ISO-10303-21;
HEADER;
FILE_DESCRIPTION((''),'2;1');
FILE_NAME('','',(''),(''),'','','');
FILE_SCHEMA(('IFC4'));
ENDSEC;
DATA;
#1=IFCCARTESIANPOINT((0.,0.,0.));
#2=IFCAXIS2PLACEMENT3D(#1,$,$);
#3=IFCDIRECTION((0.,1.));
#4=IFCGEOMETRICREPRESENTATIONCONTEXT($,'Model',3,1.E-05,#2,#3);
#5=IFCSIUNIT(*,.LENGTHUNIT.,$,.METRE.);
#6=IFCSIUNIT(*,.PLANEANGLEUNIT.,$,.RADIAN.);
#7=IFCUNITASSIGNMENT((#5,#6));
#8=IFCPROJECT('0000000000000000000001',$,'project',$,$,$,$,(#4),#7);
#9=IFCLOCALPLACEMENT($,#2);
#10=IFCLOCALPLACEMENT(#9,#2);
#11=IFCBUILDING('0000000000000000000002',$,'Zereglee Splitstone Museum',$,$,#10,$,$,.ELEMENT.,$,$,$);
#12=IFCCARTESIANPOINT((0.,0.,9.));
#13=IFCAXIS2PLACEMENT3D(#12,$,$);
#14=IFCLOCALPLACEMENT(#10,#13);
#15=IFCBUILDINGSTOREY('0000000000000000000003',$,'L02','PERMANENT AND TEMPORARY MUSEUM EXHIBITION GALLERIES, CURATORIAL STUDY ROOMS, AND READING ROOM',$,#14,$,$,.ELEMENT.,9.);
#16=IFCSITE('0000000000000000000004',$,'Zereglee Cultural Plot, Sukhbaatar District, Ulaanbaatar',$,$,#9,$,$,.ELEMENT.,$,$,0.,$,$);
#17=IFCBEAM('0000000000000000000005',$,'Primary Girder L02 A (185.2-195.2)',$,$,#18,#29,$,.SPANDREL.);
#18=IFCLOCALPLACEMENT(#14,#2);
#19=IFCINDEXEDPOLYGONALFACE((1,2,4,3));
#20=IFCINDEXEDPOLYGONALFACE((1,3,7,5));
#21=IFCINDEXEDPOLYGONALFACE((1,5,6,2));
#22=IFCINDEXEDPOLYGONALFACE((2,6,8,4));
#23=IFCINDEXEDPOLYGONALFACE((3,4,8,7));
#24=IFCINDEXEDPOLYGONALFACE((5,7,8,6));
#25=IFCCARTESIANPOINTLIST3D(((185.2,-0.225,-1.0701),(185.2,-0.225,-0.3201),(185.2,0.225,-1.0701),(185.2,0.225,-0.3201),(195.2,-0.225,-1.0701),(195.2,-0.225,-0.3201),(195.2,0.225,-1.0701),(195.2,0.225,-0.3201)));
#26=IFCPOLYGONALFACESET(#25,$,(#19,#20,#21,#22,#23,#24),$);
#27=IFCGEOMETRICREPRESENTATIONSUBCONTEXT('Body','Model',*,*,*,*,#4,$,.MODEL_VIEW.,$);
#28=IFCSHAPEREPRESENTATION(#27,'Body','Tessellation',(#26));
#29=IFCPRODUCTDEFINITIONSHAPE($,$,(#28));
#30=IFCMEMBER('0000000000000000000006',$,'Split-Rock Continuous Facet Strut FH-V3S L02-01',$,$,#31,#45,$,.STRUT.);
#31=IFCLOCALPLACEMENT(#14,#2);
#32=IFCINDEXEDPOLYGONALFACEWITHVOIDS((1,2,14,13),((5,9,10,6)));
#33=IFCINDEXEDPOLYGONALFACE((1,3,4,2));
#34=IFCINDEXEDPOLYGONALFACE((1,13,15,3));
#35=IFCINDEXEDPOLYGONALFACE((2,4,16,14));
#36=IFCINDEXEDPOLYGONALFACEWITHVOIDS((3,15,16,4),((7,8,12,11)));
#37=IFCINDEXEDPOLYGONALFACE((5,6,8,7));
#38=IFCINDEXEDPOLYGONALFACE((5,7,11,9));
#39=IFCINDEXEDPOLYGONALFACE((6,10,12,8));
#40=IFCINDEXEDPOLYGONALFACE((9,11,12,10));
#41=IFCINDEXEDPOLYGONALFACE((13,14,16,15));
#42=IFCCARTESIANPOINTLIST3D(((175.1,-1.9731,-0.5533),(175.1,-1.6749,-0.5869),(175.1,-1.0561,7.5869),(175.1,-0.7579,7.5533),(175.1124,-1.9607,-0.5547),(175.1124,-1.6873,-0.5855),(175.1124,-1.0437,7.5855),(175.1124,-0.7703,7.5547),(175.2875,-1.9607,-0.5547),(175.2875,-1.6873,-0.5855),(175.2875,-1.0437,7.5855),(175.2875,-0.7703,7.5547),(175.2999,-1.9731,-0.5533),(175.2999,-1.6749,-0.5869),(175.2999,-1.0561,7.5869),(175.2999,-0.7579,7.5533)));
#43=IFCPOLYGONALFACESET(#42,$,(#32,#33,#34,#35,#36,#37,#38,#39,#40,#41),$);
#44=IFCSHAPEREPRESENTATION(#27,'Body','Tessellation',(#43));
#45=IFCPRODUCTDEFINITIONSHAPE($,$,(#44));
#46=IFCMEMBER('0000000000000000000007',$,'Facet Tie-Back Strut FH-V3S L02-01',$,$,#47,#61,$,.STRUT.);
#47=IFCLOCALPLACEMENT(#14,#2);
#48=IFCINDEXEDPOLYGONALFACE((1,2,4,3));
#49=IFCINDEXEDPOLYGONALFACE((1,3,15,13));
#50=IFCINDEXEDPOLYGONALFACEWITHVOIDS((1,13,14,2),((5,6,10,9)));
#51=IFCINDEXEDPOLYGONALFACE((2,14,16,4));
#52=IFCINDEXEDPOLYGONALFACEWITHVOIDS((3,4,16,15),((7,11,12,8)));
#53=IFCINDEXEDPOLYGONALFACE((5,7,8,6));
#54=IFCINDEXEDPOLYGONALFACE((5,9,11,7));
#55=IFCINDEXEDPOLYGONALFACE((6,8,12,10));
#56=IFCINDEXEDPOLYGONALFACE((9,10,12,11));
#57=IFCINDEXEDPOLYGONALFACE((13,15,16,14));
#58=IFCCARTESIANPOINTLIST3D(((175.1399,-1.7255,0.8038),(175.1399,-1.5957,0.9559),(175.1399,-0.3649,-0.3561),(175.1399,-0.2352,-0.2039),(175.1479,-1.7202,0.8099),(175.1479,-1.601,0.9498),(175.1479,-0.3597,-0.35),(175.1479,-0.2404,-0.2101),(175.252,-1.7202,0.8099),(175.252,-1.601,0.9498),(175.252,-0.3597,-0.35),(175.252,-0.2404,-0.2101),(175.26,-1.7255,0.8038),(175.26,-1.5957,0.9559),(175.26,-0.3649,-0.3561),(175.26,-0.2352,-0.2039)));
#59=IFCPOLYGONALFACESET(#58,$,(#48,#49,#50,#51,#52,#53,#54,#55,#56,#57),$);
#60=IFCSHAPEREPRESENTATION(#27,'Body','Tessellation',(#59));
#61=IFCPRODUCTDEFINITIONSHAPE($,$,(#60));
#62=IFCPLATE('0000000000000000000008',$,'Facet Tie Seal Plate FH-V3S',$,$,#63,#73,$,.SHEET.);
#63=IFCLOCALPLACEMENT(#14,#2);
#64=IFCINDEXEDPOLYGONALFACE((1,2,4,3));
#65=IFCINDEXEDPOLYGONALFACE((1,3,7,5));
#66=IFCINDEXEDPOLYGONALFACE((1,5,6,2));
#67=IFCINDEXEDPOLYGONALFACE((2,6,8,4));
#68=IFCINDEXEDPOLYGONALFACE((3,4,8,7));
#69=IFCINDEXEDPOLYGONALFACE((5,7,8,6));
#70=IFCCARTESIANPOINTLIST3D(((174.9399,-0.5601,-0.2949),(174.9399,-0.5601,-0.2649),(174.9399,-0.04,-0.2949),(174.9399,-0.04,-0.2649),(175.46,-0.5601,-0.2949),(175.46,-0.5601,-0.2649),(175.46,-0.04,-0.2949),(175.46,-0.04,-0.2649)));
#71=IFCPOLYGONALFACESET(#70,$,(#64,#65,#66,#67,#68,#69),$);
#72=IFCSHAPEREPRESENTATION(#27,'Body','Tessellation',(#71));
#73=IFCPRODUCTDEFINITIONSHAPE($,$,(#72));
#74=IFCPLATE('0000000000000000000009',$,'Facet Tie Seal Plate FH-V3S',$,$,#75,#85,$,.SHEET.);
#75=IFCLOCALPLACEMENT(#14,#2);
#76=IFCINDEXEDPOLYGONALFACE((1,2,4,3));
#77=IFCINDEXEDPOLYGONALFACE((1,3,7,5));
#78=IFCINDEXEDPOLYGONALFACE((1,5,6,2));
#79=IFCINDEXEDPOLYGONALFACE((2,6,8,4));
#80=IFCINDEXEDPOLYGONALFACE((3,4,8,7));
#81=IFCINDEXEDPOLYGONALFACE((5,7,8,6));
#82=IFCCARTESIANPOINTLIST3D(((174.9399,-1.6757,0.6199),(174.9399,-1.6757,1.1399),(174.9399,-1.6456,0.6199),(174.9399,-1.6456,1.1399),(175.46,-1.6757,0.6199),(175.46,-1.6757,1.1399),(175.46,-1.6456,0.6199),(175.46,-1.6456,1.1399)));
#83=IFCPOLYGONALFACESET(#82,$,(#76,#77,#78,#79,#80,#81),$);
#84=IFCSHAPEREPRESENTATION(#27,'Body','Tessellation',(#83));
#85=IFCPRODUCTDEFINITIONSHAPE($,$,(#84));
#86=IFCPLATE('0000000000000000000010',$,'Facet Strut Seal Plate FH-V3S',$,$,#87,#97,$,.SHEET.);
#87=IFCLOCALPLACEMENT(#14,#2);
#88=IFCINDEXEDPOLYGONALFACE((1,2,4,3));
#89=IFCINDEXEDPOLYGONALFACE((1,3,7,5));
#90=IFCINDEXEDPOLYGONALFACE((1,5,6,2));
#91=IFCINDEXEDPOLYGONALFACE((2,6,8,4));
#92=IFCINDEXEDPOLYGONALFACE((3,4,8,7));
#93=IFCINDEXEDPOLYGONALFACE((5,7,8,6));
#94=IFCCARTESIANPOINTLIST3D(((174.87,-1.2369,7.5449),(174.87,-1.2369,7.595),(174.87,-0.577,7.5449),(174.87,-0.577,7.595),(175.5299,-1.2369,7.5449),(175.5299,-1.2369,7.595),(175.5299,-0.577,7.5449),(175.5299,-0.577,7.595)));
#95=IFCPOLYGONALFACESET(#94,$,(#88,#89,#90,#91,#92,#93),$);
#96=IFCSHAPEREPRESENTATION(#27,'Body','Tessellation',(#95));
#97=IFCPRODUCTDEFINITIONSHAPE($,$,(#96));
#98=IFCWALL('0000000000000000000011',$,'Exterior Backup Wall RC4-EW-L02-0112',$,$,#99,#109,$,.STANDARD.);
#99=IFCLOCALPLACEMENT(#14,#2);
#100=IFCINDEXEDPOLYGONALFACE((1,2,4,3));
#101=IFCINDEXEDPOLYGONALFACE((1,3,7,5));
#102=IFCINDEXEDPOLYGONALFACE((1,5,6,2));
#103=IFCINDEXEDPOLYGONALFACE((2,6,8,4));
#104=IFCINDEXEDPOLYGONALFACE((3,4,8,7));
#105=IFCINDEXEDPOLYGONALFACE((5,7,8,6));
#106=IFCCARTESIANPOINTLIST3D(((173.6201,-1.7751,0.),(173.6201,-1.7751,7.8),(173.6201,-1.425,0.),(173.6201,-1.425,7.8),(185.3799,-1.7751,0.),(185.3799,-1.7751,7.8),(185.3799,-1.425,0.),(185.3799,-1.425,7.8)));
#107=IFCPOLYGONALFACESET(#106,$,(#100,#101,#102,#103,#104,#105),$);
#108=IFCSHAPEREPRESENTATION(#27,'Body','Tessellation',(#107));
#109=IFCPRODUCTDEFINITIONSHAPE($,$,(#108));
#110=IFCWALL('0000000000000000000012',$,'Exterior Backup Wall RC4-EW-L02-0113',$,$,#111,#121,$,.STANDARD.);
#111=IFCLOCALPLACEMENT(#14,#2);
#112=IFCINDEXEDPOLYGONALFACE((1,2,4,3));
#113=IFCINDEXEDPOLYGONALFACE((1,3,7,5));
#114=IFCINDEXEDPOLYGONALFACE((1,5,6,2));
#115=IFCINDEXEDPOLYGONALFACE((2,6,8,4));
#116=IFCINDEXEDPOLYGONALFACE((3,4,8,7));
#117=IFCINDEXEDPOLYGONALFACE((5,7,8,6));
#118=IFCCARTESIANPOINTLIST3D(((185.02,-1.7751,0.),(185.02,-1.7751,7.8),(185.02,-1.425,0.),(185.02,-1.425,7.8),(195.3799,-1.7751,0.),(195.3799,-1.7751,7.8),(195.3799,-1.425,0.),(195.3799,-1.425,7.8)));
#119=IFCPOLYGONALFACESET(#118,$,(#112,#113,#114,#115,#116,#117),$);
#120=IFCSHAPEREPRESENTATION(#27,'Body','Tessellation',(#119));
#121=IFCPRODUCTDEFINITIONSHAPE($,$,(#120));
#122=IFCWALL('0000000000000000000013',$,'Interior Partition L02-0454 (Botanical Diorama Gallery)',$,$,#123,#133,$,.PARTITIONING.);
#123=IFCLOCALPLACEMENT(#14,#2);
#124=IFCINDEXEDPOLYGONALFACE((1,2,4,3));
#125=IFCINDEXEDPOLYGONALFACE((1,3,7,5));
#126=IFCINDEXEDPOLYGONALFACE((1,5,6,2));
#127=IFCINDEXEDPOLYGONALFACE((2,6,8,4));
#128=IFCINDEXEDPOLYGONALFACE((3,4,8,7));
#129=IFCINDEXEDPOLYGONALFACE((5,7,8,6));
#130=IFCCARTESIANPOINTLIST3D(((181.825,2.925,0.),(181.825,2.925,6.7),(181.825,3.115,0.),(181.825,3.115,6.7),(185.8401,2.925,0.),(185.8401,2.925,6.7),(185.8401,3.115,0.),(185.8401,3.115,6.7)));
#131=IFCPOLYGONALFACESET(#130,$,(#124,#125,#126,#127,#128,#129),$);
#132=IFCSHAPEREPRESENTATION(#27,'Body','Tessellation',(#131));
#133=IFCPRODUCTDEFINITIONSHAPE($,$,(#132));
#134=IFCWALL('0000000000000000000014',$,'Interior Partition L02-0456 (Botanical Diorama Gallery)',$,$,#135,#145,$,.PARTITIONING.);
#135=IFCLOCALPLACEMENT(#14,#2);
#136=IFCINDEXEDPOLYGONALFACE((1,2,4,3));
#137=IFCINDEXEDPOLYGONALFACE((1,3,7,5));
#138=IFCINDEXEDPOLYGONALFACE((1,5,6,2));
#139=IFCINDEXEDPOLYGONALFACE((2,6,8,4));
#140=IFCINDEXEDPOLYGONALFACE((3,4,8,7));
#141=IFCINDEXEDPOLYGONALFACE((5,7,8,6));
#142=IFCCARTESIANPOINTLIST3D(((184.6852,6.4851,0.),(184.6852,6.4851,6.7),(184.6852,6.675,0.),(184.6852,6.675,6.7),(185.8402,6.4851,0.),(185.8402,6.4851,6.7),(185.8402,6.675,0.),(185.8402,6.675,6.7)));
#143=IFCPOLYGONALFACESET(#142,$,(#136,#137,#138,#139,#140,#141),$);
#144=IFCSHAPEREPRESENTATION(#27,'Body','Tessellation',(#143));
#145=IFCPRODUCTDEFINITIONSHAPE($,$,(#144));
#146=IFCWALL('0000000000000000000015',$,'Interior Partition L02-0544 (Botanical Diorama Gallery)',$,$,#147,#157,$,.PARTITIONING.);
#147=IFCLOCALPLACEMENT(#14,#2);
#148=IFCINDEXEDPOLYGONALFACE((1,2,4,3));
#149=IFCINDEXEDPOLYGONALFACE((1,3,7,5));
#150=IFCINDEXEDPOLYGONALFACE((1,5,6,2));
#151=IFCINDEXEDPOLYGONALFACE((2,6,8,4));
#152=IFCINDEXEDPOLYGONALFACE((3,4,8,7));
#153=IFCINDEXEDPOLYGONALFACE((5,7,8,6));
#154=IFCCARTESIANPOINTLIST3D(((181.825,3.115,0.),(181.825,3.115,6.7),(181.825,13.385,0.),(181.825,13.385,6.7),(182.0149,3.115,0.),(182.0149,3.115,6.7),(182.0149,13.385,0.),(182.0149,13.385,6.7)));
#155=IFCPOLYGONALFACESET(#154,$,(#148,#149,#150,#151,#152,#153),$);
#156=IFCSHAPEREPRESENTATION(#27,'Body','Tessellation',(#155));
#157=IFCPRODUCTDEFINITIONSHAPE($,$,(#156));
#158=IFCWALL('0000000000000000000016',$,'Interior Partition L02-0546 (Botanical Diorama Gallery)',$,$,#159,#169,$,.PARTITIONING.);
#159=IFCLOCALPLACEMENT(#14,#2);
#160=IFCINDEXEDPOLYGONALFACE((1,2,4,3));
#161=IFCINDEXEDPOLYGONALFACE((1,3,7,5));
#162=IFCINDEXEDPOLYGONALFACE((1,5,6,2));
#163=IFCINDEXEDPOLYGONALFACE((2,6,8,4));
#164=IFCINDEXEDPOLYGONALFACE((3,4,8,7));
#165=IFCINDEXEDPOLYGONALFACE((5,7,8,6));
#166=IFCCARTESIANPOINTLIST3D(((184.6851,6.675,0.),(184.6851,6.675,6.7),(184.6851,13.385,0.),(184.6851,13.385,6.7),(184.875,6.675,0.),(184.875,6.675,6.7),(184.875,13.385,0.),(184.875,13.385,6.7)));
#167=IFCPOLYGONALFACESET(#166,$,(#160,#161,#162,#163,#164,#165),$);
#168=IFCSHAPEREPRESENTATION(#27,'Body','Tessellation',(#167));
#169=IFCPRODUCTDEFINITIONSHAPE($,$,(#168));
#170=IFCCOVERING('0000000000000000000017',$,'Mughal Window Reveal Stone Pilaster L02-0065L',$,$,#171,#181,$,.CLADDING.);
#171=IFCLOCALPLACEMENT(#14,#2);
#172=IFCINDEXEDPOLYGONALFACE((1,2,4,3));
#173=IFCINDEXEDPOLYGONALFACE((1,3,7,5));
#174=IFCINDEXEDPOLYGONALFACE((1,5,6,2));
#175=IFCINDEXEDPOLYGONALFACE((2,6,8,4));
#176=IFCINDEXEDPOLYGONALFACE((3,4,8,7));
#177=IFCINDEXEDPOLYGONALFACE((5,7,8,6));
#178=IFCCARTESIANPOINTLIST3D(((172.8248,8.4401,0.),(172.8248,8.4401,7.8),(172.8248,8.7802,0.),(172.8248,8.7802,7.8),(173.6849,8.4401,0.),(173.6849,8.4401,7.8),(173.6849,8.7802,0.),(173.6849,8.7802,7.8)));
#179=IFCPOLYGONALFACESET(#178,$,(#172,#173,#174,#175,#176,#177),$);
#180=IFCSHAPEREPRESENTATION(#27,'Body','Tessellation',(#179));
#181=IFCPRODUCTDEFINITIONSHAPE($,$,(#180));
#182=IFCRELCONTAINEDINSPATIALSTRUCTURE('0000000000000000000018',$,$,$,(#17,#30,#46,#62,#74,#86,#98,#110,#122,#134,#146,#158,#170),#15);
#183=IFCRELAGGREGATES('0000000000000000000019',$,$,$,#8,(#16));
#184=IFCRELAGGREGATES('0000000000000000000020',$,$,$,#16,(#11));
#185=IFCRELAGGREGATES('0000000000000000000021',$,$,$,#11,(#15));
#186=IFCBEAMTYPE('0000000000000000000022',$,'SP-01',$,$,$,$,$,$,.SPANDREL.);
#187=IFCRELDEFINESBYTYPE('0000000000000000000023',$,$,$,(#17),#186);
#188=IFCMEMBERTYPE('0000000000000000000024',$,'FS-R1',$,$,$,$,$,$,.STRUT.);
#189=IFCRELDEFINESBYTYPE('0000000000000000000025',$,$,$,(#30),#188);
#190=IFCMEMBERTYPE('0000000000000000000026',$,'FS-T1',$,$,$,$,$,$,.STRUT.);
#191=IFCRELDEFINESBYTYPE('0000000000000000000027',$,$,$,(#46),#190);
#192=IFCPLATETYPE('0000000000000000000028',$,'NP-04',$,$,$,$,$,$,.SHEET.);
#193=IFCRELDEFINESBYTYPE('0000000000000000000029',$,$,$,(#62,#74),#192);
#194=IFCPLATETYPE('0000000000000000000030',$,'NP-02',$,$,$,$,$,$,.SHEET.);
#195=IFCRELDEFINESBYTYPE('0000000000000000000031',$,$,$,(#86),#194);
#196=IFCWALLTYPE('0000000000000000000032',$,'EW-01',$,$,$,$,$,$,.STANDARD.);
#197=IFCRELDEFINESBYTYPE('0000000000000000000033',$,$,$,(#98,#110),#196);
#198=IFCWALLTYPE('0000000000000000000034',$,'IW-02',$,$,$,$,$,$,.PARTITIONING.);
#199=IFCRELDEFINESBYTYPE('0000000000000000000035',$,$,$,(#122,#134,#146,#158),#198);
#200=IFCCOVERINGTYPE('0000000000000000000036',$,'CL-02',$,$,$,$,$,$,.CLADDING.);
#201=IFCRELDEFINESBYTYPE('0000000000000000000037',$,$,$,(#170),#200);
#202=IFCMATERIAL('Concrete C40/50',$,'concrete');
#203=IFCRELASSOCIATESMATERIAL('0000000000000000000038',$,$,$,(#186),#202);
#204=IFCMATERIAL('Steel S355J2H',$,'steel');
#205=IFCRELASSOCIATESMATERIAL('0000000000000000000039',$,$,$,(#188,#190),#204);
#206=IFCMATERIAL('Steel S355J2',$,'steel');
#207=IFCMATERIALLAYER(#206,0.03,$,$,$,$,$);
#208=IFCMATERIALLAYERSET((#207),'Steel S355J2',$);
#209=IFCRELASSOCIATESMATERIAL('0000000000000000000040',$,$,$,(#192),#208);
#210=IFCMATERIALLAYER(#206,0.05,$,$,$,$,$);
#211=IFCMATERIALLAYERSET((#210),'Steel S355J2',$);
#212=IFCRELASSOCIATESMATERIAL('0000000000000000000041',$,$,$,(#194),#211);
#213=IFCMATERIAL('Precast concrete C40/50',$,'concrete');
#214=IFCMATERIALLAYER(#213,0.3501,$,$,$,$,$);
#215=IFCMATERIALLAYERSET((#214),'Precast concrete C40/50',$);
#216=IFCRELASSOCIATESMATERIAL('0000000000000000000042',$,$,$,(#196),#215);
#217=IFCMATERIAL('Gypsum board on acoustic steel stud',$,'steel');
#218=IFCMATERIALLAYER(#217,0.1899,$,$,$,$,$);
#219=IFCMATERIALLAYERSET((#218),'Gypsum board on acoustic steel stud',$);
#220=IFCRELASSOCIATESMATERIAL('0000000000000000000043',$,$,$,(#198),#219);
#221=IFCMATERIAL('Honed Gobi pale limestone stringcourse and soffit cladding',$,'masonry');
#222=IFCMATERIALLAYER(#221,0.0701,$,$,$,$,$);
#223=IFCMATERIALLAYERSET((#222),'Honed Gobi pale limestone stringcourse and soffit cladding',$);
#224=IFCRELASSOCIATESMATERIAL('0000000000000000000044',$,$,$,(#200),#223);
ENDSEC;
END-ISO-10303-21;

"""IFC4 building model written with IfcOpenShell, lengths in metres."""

from ifc_helpers import new_model, si_unit, direction, frame, frame_2d, origin, origin_2d, place, context, subcontext, project, spatial, rectangle, hollow_rectangle, extrude, material, layer, layer_set, material_profile, profile_set, type_object, element, save


model = new_model("IFC4")

# Units and contexts
model_context = context("Model", 3, precision=1e-05, world=origin(), true_north=direction((0.0, 1.0)))
body_context = subcontext(model_context, "Body", "Model", "MODEL_VIEW")
ifc_project = project(units=[si_unit("LENGTHUNIT", "METRE"), si_unit("PLANEANGLEUNIT", "RADIAN")], contexts=[model_context])

# Site, building, storey
site_placement = place(None, origin())
site = spatial("IfcSite", under=ifc_project, at=site_placement, Name="Zereglee Cultural Plot, Sukhbaatar District, Ulaanbaatar", CompositionType="ELEMENT", RefElevation=0.0)
building_placement = place(site_placement, origin())
building = spatial("IfcBuilding", under=site, at=building_placement, Name="Zereglee Splitstone Museum", CompositionType="ELEMENT")
storey_placement = place(building_placement, frame((0.0, 0.0, 9.0)))
storey = spatial("IfcBuildingStorey", under=building, at=storey_placement, Name="L02", Description="PERMANENT AND TEMPORARY MUSEUM EXHIBITION GALLERIES, CURATORIAL STUDY ROOMS, AND READING ROOM", CompositionType="ELEMENT", Elevation=9.0)

# Shared definitions
ifc_material_1 = material(Name="Steel S355J2H", Category="steel")
ifc_material_2 = material(Name="Steel S355J2", Category="steel")

# Beam
ifc_material_3 = material(Name="Concrete C40/50", Category="concrete")
ifc_material_profile_1 = material_profile(ifc_material_3, rectangle(XDim=0.45, YDim=0.75, at=origin_2d()), Name="RC 450x750")
ifc_profile_set_1 = profile_set([ifc_material_profile_1], Name="Concrete C40/50")
beam_type_1 = type_object("IfcBeamType", Name="SP-01", PredefinedType="SPANDREL", material=ifc_profile_set_1)
beam_1_placement = place(storey_placement, frame((185.2, 0.0, -0.6951), z_axis=(1.0, 0.0, 0.0), x_axis=(0.0, 1.0, 0.0)))
element("IfcBeam", 1, at=beam_1_placement, inside=storey, type_object=beam_type_1, Name="Primary Girder L02 A (185.2-195.2)", PredefinedType="SPANDREL", context=body_context, shape_type="SweptSolid", body=[
    extrude(rectangle(XDim=0.45, YDim=0.75, at=origin_2d()), origin(), (0.0, 0.0, 1.0), 10.0),
])

# Members
ifc_material_profile_2 = material_profile(ifc_material_1, hollow_rectangle(XDim=0.2, YDim=0.3, WallThickness=0.0125, at=origin_2d()), Name="RHS 300x200x12.5")
ifc_profile_set_2 = profile_set([ifc_material_profile_2], Name="Steel S355J2H")
member_type_1 = type_object("IfcMemberType", Name="FS-R1", PredefinedType="STRUT", material=ifc_profile_set_2)
member_1_placement = place(storey_placement, frame((175.2, -1.824, -0.5701), z_axis=(0.0, 0.111943, 0.993715), x_axis=(-1.0, 0.0, 0.0)))
element("IfcMember", 2, at=member_1_placement, inside=storey, type_object=member_type_1, Name="Split-Rock Continuous Facet Strut FH-V3S L02-01", PredefinedType="STRUT", context=body_context, shape_type="SweptSolid", body=[
    extrude(hollow_rectangle(XDim=0.2, YDim=0.3, WallThickness=0.0125, at=origin_2d()), origin(), (0.0, 0.0, 1.0), 8.1917),
])
ifc_material_profile_3 = material_profile(ifc_material_1, hollow_rectangle(XDim=0.1201, YDim=0.2, WallThickness=0.0081, at=origin_2d()), Name="RHS 200x120x8")
ifc_profile_set_3 = profile_set([ifc_material_profile_3], Name="Steel S355J2H")
member_type_2 = type_object("IfcMemberType", Name="FS-T1", PredefinedType="STRUT", material=ifc_profile_set_3)
member_2_placement = place(storey_placement, frame((175.2, -0.3, -0.28), z_axis=(0.0, -0.760999, 0.648754), x_axis=(1.0, 0.0, 0.0)))
element("IfcMember", 3, at=member_2_placement, inside=storey, type_object=member_type_2, Name="Facet Tie-Back Strut FH-V3S L02-01", PredefinedType="STRUT", context=body_context, shape_type="SweptSolid", body=[
    extrude(hollow_rectangle(XDim=0.1201, YDim=0.2, WallThickness=0.0081, at=origin_2d()), origin(), (0.0, 0.0, 1.0), 1.7878),
])

# Plates
ifc_layer_1 = layer(ifc_material_2, 0.03)
ifc_layer_set_1 = layer_set([ifc_layer_1], Name="Steel S355J2")
plate_type_1 = type_object("IfcPlateType", Name="NP-04", PredefinedType="SHEET", material=ifc_layer_set_1)
plate_1_placement = place(storey_placement, frame((175.2, -0.3, -0.2949), z_axis=(0.0, 0.0, 1.0), x_axis=(1.0, 0.0, 0.0)))
element("IfcPlate", 4, at=plate_1_placement, inside=storey, type_object=plate_type_1, Name="Facet Tie Seal Plate FH-V3S", PredefinedType="SHEET", context=body_context, shape_type="SweptSolid", body=[
    extrude(rectangle(XDim=0.52, YDim=0.52, at=origin_2d()), origin(), (0.0, 0.0, 1.0), 0.03),
])
plate_2_placement = place(storey_placement, frame((175.2, -1.6606, 0.6199), z_axis=(0.0, 0.0, 1.0), x_axis=(1.0, 0.0, 0.0)))
element("IfcPlate", 5, at=plate_2_placement, inside=storey, type_object=plate_type_1, Name="Facet Tie Seal Plate FH-V3S", PredefinedType="SHEET", context=body_context, shape_type="SweptSolid", body=[
    extrude(rectangle(XDim=0.52, YDim=0.03, at=origin_2d()), origin(), (0.0, 0.0, 1.0), 0.52),
])
ifc_layer_2 = layer(ifc_material_2, 0.05)
ifc_layer_set_2 = layer_set([ifc_layer_2], Name="Steel S355J2")
plate_type_2 = type_object("IfcPlateType", Name="NP-02", PredefinedType="SHEET", material=ifc_layer_set_2)
plate_3_placement = place(storey_placement, frame((175.2, -0.907, 7.5449), z_axis=(0.0, 0.0, 1.0), x_axis=(1.0, 0.0, 0.0)))
element("IfcPlate", 6, at=plate_3_placement, inside=storey, type_object=plate_type_2, Name="Facet Strut Seal Plate FH-V3S", PredefinedType="SHEET", context=body_context, shape_type="SweptSolid", body=[
    extrude(rectangle(XDim=0.6599, YDim=0.6599, at=origin_2d()), origin(), (0.0, 0.0, 1.0), 0.05),
])

# Walls
ifc_material_4 = material(Name="Precast concrete C40/50", Category="concrete")
ifc_layer_3 = layer(ifc_material_4, 0.3501)
ifc_layer_set_3 = layer_set([ifc_layer_3], Name="Precast concrete C40/50")
wall_type_1 = type_object("IfcWallType", Name="EW-01", PredefinedType="STANDARD", material=ifc_layer_set_3)
wall_1_placement = place(storey_placement, frame((173.6201, -1.6001, 0.0), z_axis=(0.0, 0.0, 1.0), x_axis=(1.0, 0.0, 0.0)))
element("IfcWall", 7, at=wall_1_placement, inside=storey, type_object=wall_type_1, Name="Exterior Backup Wall RC4-EW-L02-0112", PredefinedType="STANDARD", context=body_context, shape_type="SweptSolid", body=[
    extrude(rectangle(XDim=11.7598, YDim=0.3501, at=frame_2d((5.8799, 0.0))), origin(), (0.0, 0.0, 1.0), 7.8),
])
wall_2_placement = place(storey_placement, frame((185.02, -1.6001, 0.0), z_axis=(0.0, 0.0, 1.0), x_axis=(1.0, 0.0, 0.0)))
element("IfcWall", 8, at=wall_2_placement, inside=storey, type_object=wall_type_1, Name="Exterior Backup Wall RC4-EW-L02-0113", PredefinedType="STANDARD", context=body_context, shape_type="SweptSolid", body=[
    extrude(rectangle(XDim=10.3599, YDim=0.3501, at=frame_2d((5.1799, 0.0))), origin(), (0.0, 0.0, 1.0), 7.8),
])
ifc_material_5 = material(Name="Gypsum board on acoustic steel stud", Category="steel")
ifc_layer_4 = layer(ifc_material_5, 0.1899)
ifc_layer_set_4 = layer_set([ifc_layer_4], Name="Gypsum board on acoustic steel stud")
wall_type_2 = type_object("IfcWallType", Name="IW-02", PredefinedType="PARTITIONING", material=ifc_layer_set_4)
wall_3_placement = place(storey_placement, frame((181.825, 3.02, 0.0), z_axis=(0.0, 0.0, 1.0), x_axis=(1.0, 0.0, 0.0)))
element("IfcWall", 9, at=wall_3_placement, inside=storey, type_object=wall_type_2, Name="Interior Partition L02-0454 (Botanical Diorama Gallery)", PredefinedType="PARTITIONING", context=body_context, shape_type="SweptSolid", body=[
    extrude(rectangle(XDim=4.0151, YDim=0.1899, at=frame_2d((2.0076, 0.0))), origin(), (0.0, 0.0, 1.0), 6.7),
])
wall_4_placement = place(storey_placement, frame((184.6851, 6.5801, 0.0), z_axis=(0.0, 0.0, 1.0), x_axis=(1.0, 0.0, 0.0)))
element("IfcWall", 10, at=wall_4_placement, inside=storey, type_object=wall_type_2, Name="Interior Partition L02-0456 (Botanical Diorama Gallery)", PredefinedType="PARTITIONING", context=body_context, shape_type="SweptSolid", body=[
    extrude(rectangle(XDim=1.155, YDim=0.1899, at=frame_2d((0.5776, 0.0))), origin(), (0.0, 0.0, 1.0), 6.7),
])
wall_5_placement = place(storey_placement, frame((181.9199, 3.115, 0.0), z_axis=(0.0, 0.0, 1.0), x_axis=(0.0, 1.0, 0.0)))
element("IfcWall", 11, at=wall_5_placement, inside=storey, type_object=wall_type_2, Name="Interior Partition L02-0544 (Botanical Diorama Gallery)", PredefinedType="PARTITIONING", context=body_context, shape_type="SweptSolid", body=[
    extrude(rectangle(XDim=10.27, YDim=0.1899, at=frame_2d((5.135, 0.0))), origin(), (0.0, 0.0, 1.0), 6.7),
])
wall_6_placement = place(storey_placement, frame((184.78, 6.675, 0.0), z_axis=(0.0, 0.0, 1.0), x_axis=(0.0, 1.0, 0.0)))
element("IfcWall", 12, at=wall_6_placement, inside=storey, type_object=wall_type_2, Name="Interior Partition L02-0546 (Botanical Diorama Gallery)", PredefinedType="PARTITIONING", context=body_context, shape_type="SweptSolid", body=[
    extrude(rectangle(XDim=6.71, YDim=0.1899, at=frame_2d((3.355, 0.0))), origin(), (0.0, 0.0, 1.0), 6.7),
])

# Covering
ifc_material_6 = material(Name="Honed Gobi pale limestone stringcourse and soffit cladding", Category="masonry")
ifc_layer_5 = layer(ifc_material_6, 0.0701)
ifc_layer_set_5 = layer_set([ifc_layer_5], Name="Honed Gobi pale limestone stringcourse and soffit cladding")
covering_type_1 = type_object("IfcCoveringType", Name="CL-02", PredefinedType="CLADDING", material=ifc_layer_set_5)
for number, where, z_axis, x_axis, name in (
    (13, (173.2549, 8.6101, 0.0), (0.0, 0.0, 1.0), (0.0, -1.0, 0.0), "Mughal Window Reveal Stone Pilaster L02-0065L"),
):
    element("IfcCovering", number, at=place(storey_placement, frame(where, z_axis=z_axis, x_axis=x_axis)), inside=storey, type_object=covering_type_1, Name=name, PredefinedType="CLADDING", context=body_context, shape_type="SweptSolid", body=[
        extrude(rectangle(XDim=0.3401, YDim=0.8601, at=origin_2d()), origin(), (0.0, 0.0, 1.0), 7.8),
    ])

save(model, "model.ifc")
